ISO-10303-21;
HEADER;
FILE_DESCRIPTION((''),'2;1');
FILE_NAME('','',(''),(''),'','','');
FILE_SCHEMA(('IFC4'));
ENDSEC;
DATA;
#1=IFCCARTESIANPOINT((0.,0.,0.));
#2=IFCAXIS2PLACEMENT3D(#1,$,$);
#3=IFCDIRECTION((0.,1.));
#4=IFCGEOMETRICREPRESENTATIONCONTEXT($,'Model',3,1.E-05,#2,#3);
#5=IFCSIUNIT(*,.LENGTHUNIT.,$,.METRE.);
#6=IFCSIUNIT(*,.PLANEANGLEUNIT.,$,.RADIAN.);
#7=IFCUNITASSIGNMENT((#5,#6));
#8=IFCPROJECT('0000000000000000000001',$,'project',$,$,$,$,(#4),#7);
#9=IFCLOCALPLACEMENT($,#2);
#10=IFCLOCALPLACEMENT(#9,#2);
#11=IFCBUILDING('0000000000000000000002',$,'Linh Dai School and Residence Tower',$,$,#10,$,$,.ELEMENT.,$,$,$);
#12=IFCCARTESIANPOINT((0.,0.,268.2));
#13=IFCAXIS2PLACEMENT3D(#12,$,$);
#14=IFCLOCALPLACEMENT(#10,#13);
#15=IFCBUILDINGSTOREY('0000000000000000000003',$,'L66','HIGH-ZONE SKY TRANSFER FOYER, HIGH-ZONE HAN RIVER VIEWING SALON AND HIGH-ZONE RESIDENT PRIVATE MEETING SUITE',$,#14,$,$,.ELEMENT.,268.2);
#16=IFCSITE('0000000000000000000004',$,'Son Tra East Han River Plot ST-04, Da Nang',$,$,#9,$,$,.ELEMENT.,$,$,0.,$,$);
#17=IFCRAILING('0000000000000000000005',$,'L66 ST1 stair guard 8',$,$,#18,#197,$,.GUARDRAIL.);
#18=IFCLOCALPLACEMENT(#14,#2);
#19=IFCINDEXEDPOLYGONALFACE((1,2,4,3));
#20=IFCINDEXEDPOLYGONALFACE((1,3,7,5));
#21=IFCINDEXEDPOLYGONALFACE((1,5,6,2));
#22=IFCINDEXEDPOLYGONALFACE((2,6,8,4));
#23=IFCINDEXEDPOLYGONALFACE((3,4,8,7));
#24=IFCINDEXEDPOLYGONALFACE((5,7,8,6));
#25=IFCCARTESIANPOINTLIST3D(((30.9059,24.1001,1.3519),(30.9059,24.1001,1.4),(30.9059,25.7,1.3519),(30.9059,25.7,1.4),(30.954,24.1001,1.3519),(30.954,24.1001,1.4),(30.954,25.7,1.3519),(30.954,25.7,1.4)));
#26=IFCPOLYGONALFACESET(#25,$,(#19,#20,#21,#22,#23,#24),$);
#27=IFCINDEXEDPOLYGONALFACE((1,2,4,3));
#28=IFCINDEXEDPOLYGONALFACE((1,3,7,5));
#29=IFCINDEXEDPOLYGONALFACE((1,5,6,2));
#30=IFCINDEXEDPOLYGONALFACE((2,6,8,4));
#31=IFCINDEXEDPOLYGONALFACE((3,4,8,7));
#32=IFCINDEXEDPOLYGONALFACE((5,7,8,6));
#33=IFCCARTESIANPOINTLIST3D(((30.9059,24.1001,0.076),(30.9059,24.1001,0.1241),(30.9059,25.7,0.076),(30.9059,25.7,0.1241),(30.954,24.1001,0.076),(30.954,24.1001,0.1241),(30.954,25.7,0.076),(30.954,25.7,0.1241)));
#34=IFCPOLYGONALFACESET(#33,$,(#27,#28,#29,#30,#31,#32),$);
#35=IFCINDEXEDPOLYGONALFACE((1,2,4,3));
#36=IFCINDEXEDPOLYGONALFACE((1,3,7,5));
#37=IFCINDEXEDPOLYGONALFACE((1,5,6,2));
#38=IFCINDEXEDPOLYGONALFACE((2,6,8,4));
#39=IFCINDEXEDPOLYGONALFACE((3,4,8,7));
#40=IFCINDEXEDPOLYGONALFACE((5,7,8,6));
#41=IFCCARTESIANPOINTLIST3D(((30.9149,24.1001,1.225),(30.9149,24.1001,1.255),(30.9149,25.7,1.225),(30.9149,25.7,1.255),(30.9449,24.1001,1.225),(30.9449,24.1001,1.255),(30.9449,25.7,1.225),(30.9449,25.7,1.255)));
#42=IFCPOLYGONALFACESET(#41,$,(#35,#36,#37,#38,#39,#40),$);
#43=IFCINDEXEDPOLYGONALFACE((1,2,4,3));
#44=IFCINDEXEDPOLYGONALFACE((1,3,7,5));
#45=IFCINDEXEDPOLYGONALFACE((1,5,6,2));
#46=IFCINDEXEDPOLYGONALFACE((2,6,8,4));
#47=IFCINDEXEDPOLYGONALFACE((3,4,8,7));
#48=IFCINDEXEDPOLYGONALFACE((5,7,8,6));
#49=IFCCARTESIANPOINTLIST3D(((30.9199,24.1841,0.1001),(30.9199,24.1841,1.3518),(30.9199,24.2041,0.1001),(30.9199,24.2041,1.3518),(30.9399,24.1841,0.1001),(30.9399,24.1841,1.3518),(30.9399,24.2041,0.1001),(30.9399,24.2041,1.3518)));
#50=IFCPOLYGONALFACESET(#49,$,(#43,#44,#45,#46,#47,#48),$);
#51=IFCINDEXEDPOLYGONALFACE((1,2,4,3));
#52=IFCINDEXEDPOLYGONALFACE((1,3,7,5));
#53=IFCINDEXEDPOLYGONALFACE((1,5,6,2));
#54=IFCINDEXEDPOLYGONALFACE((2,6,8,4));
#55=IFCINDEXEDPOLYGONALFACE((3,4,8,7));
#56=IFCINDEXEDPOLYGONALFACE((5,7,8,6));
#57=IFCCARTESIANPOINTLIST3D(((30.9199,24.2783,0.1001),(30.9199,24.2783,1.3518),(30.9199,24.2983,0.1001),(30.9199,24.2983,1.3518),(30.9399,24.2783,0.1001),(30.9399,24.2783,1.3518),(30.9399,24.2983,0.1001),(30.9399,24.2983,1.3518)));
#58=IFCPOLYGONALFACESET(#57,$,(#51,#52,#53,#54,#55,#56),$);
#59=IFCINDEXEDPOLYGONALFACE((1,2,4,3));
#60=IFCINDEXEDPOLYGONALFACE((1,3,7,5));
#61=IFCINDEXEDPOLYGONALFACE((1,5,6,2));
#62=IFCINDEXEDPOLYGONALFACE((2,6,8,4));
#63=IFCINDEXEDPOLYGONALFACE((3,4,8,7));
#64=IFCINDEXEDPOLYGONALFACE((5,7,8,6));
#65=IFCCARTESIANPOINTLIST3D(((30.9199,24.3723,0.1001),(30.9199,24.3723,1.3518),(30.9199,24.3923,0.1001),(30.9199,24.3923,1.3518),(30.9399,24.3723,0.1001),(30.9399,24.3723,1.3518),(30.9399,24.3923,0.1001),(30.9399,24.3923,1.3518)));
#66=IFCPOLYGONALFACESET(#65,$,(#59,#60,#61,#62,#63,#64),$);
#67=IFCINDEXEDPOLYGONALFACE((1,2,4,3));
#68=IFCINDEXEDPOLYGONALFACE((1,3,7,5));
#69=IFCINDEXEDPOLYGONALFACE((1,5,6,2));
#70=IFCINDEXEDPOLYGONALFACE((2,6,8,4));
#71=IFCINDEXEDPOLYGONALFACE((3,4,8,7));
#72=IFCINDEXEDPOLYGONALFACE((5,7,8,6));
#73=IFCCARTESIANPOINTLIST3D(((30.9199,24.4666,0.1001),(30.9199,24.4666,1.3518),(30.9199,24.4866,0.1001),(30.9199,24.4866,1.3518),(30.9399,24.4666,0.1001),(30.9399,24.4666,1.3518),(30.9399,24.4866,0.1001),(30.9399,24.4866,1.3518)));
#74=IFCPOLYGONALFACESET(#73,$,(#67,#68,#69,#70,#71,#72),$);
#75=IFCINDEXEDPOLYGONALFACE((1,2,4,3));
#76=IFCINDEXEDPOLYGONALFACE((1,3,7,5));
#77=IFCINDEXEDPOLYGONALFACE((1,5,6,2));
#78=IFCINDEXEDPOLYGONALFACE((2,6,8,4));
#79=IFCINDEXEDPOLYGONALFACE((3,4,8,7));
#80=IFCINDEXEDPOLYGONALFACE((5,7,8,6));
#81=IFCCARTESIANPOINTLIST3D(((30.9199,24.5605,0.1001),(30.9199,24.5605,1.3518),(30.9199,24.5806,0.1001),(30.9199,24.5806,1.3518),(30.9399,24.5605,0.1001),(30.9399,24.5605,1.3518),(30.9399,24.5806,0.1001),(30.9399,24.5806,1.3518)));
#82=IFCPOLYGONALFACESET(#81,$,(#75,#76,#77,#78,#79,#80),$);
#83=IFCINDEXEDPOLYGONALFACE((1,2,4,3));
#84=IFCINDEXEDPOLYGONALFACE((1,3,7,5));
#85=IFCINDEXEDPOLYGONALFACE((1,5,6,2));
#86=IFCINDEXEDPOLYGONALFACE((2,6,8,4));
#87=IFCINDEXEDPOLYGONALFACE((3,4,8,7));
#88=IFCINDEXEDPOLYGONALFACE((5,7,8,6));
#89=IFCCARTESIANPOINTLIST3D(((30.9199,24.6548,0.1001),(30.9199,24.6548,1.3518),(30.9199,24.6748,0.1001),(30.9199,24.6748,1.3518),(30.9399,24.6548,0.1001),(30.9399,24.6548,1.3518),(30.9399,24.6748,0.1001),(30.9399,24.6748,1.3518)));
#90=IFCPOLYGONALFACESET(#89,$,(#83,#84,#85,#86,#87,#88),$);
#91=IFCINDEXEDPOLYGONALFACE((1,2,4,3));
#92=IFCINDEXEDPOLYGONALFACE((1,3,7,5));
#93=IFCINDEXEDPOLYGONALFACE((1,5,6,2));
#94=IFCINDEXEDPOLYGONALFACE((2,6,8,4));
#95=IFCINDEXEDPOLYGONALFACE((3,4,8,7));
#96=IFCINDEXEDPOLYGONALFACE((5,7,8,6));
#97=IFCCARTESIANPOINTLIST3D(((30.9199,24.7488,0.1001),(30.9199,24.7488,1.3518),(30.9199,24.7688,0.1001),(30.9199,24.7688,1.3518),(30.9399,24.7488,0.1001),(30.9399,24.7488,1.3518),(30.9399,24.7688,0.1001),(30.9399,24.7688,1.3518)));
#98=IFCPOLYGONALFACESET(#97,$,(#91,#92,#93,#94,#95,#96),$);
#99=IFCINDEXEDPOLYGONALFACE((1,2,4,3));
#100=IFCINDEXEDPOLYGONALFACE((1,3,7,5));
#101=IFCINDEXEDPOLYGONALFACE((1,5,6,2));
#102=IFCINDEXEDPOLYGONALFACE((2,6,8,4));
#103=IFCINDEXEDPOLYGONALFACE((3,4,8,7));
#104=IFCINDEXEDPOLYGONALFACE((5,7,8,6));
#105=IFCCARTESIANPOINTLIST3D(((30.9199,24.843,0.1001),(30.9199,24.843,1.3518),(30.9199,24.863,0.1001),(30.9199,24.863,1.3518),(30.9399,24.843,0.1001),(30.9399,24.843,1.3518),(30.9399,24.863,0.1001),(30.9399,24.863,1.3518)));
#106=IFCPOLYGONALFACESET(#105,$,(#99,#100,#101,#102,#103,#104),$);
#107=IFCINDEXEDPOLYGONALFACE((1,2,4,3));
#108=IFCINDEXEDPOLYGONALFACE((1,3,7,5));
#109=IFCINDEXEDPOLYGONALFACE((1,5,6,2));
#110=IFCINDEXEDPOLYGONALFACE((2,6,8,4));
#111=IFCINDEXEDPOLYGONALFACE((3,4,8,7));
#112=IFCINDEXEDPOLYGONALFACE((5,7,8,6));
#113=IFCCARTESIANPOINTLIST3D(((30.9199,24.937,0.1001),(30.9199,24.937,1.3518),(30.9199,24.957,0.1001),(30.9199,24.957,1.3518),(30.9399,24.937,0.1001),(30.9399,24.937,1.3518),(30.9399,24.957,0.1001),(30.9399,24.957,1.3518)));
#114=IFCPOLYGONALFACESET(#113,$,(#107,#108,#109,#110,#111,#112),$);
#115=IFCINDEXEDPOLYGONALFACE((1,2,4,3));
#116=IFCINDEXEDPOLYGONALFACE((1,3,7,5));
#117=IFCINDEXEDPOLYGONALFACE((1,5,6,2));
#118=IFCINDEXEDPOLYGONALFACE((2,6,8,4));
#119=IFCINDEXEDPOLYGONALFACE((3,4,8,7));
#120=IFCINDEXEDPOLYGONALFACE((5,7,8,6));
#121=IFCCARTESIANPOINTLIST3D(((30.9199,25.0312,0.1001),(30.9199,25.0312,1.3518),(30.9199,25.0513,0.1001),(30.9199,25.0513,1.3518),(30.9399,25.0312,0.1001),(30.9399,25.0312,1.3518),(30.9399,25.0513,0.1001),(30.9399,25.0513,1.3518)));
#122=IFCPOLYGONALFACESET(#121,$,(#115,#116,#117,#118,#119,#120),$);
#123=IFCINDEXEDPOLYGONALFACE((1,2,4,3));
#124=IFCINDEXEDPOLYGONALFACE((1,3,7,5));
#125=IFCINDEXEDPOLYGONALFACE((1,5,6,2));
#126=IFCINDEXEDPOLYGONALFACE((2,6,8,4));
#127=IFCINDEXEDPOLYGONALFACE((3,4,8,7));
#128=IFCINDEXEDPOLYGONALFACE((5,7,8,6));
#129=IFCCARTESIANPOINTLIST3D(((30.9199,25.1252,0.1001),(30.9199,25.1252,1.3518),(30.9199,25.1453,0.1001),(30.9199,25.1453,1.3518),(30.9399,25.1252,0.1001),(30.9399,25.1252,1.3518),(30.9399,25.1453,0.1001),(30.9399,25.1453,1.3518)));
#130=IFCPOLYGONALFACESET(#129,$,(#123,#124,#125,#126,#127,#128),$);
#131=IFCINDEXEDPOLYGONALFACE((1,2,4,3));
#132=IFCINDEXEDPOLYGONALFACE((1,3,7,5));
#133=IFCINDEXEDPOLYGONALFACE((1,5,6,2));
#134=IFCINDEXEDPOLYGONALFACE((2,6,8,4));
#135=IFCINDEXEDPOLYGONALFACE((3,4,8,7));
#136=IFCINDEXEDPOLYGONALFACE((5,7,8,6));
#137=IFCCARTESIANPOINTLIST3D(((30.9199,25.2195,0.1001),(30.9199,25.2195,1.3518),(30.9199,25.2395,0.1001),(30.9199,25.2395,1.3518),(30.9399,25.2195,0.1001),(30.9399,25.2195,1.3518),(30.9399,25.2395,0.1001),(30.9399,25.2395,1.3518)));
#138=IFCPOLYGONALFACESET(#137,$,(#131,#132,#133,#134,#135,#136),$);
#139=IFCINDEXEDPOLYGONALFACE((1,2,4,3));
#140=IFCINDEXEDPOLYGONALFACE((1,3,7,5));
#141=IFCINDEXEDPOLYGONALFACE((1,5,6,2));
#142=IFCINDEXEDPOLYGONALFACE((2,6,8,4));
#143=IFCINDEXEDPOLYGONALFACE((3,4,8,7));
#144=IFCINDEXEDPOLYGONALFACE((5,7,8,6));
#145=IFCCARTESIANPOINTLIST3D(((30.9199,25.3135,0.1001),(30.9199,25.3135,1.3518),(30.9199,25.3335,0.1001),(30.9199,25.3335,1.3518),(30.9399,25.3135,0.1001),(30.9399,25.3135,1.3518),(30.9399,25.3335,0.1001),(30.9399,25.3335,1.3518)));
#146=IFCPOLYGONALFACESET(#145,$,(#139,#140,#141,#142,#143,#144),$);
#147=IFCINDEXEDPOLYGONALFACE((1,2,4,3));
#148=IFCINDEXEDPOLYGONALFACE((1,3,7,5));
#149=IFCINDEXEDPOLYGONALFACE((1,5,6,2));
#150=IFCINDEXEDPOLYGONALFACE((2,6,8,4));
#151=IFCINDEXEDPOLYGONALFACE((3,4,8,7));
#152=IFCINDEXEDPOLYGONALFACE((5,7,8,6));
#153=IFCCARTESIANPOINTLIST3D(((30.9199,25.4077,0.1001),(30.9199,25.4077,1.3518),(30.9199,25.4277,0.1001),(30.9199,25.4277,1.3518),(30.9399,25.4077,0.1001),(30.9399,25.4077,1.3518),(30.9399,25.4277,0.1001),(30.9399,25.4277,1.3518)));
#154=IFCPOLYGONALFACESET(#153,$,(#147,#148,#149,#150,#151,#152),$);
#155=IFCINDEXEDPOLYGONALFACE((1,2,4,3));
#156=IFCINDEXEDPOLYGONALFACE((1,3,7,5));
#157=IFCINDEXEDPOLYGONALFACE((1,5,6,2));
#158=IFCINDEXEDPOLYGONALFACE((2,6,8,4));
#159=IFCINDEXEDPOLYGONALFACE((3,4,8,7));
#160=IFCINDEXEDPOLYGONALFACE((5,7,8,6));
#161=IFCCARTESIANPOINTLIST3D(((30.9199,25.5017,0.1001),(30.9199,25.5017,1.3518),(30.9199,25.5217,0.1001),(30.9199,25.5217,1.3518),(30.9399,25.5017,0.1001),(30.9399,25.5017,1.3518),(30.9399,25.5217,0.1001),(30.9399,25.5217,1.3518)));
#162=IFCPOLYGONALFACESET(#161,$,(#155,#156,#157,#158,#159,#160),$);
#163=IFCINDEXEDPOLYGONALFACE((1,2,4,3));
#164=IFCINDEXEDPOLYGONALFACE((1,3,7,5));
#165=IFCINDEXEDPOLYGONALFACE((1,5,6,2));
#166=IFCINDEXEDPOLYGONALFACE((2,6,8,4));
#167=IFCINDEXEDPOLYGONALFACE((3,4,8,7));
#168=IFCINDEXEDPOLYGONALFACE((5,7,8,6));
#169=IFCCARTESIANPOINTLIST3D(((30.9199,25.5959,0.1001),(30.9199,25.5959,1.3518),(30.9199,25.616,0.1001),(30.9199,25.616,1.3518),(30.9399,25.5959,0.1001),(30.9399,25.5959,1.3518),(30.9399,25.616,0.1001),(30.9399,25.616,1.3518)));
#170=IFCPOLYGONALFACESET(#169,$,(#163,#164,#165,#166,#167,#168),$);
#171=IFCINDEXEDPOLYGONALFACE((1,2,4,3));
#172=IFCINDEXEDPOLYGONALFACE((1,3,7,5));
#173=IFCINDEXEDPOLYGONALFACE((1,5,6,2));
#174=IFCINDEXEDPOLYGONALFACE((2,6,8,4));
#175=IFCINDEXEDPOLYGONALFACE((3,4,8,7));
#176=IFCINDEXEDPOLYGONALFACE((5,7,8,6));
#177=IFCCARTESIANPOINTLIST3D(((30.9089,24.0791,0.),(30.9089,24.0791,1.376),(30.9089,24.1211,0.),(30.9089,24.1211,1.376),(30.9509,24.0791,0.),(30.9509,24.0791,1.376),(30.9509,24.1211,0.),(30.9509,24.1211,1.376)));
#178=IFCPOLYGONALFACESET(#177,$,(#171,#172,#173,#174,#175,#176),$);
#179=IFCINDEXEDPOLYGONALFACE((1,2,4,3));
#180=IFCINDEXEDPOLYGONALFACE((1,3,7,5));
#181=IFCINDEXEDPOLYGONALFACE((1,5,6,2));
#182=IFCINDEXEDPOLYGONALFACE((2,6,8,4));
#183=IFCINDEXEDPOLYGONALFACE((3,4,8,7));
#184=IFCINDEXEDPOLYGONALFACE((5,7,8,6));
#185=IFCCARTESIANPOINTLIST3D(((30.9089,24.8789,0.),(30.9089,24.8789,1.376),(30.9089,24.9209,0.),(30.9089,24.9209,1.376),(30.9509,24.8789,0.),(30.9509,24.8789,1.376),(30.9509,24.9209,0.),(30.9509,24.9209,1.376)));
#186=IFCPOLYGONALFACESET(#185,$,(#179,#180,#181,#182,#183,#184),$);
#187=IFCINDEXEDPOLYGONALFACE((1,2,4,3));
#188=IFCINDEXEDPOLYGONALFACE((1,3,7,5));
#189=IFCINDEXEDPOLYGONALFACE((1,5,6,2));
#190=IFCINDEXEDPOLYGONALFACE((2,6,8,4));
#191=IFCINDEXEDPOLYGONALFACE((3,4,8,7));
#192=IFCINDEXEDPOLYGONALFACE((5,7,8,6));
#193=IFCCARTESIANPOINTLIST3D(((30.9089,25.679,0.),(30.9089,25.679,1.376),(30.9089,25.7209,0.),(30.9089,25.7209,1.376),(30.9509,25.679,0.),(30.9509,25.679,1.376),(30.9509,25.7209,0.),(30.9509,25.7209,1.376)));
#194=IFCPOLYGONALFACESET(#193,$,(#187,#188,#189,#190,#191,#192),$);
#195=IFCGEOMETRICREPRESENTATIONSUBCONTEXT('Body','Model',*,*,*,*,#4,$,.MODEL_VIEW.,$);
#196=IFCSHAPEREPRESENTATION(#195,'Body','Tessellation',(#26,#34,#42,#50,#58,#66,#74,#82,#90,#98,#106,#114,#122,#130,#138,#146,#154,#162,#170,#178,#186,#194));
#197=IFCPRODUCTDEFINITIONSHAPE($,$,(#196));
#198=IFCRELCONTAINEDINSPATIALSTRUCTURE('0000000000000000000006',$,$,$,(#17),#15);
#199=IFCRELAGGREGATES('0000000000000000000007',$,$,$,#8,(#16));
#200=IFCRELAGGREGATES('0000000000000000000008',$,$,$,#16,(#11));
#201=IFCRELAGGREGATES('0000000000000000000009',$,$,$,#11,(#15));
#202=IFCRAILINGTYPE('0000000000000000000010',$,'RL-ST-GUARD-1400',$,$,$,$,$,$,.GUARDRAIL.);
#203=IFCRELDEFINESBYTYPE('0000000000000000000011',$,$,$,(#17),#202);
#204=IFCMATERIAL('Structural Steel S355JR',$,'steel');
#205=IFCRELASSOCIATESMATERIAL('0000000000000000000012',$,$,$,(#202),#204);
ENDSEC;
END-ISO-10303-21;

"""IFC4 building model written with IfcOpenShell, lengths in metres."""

from ifc_helpers import new_model, si_unit, direction, frame, origin, origin_2d, place, context, subcontext, project, spatial, rectangle, extrude, source, transform, mapped, material, type_object, element, save


model = new_model("IFC4")

# Units and contexts
model_context = context("Model", 3, precision=1e-05, world=origin(), true_north=direction((0.0, 1.0)))
body_context = subcontext(model_context, "Body", "Model", "MODEL_VIEW")
ifc_project = project(units=[si_unit("LENGTHUNIT", "METRE"), si_unit("PLANEANGLEUNIT", "RADIAN")], contexts=[model_context])

# Site, building, storey
site_placement = place(None, origin())
site = spatial("IfcSite", under=ifc_project, at=site_placement, Name="Son Tra East Han River Plot ST-04, Da Nang", CompositionType="ELEMENT", RefElevation=0.0)
building_placement = place(site_placement, origin())
building = spatial("IfcBuilding", under=site, at=building_placement, Name="Linh Dai School and Residence Tower", CompositionType="ELEMENT")
storey_placement = place(building_placement, frame((0.0, 0.0, 268.2)))
storey = spatial("IfcBuildingStorey", under=building, at=storey_placement, Name="L66", Description="HIGH-ZONE SKY TRANSFER FOYER, HIGH-ZONE HAN RIVER VIEWING SALON AND HIGH-ZONE RESIDENT PRIVATE MEETING SUITE", CompositionType="ELEMENT", Elevation=268.2)

# Shared definitions
ifc_material_1 = material(Name="Structural Steel S355JR", Category="steel")

# Railing
railing_type = type_object("IfcRailingType", Name="RL-ST-GUARD-1400", PredefinedType="GUARDRAIL", material=ifc_material_1)
shared_shape_1 = source(origin(), body_context, "Body", "SweptSolid", [
    extrude(rectangle(XDim=0.0481, YDim=0.0481, at=origin_2d()), frame((0.0, 0.0, 1.376), z_axis=(0.0, 1.0, 0.0), x_axis=(-1.0, 0.0, 0.0)), (0.0, 0.0, 1.0), 1.5999),
    extrude(rectangle(XDim=0.0481, YDim=0.0481, at=origin_2d()), frame((0.0, 0.0, 0.1001), z_axis=(0.0, 1.0, 0.0), x_axis=(-1.0, 0.0, 0.0)), (0.0, 0.0, 1.0), 1.5999),
    extrude(rectangle(XDim=0.03, YDim=0.03, at=origin_2d()), frame((0.0, 0.0, 1.24), z_axis=(0.0, 1.0, 0.0), x_axis=(-1.0, 0.0, 0.0)), (0.0, 0.0, 1.0), 1.5999),
    extrude(rectangle(XDim=0.02, YDim=0.02, at=origin_2d()), frame((0.0, 0.094, 0.1001)), (0.0, 0.0, 1.0), 1.2517),
    extrude(rectangle(XDim=0.02, YDim=0.02, at=origin_2d()), frame((0.0, 0.1882, 0.1001)), (0.0, 0.0, 1.0), 1.2517),
    extrude(rectangle(XDim=0.02, YDim=0.02, at=origin_2d()), frame((0.0, 0.2822, 0.1001)), (0.0, 0.0, 1.0), 1.2517),
    extrude(rectangle(XDim=0.02, YDim=0.02, at=origin_2d()), frame((0.0, 0.3765, 0.1001)), (0.0, 0.0, 1.0), 1.2517),
    extrude(rectangle(XDim=0.02, YDim=0.02, at=origin_2d()), frame((0.0, 0.4705, 0.1001)), (0.0, 0.0, 1.0), 1.2517),
    extrude(rectangle(XDim=0.02, YDim=0.02, at=origin_2d()), frame((0.0, 0.5647, 0.1001)), (0.0, 0.0, 1.0), 1.2517),
    extrude(rectangle(XDim=0.02, YDim=0.02, at=origin_2d()), frame((0.0, 0.6587, 0.1001)), (0.0, 0.0, 1.0), 1.2517),
    extrude(rectangle(XDim=0.02, YDim=0.02, at=origin_2d()), frame((0.0, 0.7529, 0.1001)), (0.0, 0.0, 1.0), 1.2517),
    extrude(rectangle(XDim=0.02, YDim=0.02, at=origin_2d()), frame((0.0, 0.8469, 0.1001)), (0.0, 0.0, 1.0), 1.2517),
    extrude(rectangle(XDim=0.02, YDim=0.02, at=origin_2d()), frame((0.0, 0.9412, 0.1001)), (0.0, 0.0, 1.0), 1.2517),
    extrude(rectangle(XDim=0.02, YDim=0.02, at=origin_2d()), frame((0.0, 1.0352, 0.1001)), (0.0, 0.0, 1.0), 1.2517),
    extrude(rectangle(XDim=0.02, YDim=0.02, at=origin_2d()), frame((0.0, 1.1294, 0.1001)), (0.0, 0.0, 1.0), 1.2517),
    extrude(rectangle(XDim=0.02, YDim=0.02, at=origin_2d()), frame((0.0, 1.2234, 0.1001)), (0.0, 0.0, 1.0), 1.2517),
    extrude(rectangle(XDim=0.02, YDim=0.02, at=origin_2d()), frame((0.0, 1.3176, 0.1001)), (0.0, 0.0, 1.0), 1.2517),
    extrude(rectangle(XDim=0.02, YDim=0.02, at=origin_2d()), frame((0.0, 1.4116, 0.1001)), (0.0, 0.0, 1.0), 1.2517),
    extrude(rectangle(XDim=0.02, YDim=0.02, at=origin_2d()), frame((0.0, 1.5059, 0.1001)), (0.0, 0.0, 1.0), 1.2517),
    extrude(rectangle(XDim=0.042, YDim=0.042, at=origin_2d()), origin(), (0.0, 0.0, 1.0), 1.376),
    extrude(rectangle(XDim=0.042, YDim=0.042, at=origin_2d()), frame((0.0, 0.7998, 0.0)), (0.0, 0.0, 1.0), 1.376),
    extrude(rectangle(XDim=0.042, YDim=0.042, at=origin_2d()), frame((0.0, 1.5999, 0.0)), (0.0, 0.0, 1.0), 1.376),
])
for number, where, name in (
    (1, (30.9299, 24.1001, 0.0), "L66 ST1 stair guard 8"),
):
    element("IfcRailing", number, at=place(storey_placement, frame(where)), inside=storey, type_object=railing_type, Name=name, PredefinedType="GUARDRAIL", context=body_context, shape_type="MappedRepresentation", body=[
        mapped(shared_shape_1, transform((0.0, 0.0, 0.0), x_axis=(1.0, 0.0, 0.0), y_axis=(0.0, 1.0, 0.0), z_axis=(0.0, 0.0, 1.0), scale=1.0)),
    ])

save(model, "model.ifc")
